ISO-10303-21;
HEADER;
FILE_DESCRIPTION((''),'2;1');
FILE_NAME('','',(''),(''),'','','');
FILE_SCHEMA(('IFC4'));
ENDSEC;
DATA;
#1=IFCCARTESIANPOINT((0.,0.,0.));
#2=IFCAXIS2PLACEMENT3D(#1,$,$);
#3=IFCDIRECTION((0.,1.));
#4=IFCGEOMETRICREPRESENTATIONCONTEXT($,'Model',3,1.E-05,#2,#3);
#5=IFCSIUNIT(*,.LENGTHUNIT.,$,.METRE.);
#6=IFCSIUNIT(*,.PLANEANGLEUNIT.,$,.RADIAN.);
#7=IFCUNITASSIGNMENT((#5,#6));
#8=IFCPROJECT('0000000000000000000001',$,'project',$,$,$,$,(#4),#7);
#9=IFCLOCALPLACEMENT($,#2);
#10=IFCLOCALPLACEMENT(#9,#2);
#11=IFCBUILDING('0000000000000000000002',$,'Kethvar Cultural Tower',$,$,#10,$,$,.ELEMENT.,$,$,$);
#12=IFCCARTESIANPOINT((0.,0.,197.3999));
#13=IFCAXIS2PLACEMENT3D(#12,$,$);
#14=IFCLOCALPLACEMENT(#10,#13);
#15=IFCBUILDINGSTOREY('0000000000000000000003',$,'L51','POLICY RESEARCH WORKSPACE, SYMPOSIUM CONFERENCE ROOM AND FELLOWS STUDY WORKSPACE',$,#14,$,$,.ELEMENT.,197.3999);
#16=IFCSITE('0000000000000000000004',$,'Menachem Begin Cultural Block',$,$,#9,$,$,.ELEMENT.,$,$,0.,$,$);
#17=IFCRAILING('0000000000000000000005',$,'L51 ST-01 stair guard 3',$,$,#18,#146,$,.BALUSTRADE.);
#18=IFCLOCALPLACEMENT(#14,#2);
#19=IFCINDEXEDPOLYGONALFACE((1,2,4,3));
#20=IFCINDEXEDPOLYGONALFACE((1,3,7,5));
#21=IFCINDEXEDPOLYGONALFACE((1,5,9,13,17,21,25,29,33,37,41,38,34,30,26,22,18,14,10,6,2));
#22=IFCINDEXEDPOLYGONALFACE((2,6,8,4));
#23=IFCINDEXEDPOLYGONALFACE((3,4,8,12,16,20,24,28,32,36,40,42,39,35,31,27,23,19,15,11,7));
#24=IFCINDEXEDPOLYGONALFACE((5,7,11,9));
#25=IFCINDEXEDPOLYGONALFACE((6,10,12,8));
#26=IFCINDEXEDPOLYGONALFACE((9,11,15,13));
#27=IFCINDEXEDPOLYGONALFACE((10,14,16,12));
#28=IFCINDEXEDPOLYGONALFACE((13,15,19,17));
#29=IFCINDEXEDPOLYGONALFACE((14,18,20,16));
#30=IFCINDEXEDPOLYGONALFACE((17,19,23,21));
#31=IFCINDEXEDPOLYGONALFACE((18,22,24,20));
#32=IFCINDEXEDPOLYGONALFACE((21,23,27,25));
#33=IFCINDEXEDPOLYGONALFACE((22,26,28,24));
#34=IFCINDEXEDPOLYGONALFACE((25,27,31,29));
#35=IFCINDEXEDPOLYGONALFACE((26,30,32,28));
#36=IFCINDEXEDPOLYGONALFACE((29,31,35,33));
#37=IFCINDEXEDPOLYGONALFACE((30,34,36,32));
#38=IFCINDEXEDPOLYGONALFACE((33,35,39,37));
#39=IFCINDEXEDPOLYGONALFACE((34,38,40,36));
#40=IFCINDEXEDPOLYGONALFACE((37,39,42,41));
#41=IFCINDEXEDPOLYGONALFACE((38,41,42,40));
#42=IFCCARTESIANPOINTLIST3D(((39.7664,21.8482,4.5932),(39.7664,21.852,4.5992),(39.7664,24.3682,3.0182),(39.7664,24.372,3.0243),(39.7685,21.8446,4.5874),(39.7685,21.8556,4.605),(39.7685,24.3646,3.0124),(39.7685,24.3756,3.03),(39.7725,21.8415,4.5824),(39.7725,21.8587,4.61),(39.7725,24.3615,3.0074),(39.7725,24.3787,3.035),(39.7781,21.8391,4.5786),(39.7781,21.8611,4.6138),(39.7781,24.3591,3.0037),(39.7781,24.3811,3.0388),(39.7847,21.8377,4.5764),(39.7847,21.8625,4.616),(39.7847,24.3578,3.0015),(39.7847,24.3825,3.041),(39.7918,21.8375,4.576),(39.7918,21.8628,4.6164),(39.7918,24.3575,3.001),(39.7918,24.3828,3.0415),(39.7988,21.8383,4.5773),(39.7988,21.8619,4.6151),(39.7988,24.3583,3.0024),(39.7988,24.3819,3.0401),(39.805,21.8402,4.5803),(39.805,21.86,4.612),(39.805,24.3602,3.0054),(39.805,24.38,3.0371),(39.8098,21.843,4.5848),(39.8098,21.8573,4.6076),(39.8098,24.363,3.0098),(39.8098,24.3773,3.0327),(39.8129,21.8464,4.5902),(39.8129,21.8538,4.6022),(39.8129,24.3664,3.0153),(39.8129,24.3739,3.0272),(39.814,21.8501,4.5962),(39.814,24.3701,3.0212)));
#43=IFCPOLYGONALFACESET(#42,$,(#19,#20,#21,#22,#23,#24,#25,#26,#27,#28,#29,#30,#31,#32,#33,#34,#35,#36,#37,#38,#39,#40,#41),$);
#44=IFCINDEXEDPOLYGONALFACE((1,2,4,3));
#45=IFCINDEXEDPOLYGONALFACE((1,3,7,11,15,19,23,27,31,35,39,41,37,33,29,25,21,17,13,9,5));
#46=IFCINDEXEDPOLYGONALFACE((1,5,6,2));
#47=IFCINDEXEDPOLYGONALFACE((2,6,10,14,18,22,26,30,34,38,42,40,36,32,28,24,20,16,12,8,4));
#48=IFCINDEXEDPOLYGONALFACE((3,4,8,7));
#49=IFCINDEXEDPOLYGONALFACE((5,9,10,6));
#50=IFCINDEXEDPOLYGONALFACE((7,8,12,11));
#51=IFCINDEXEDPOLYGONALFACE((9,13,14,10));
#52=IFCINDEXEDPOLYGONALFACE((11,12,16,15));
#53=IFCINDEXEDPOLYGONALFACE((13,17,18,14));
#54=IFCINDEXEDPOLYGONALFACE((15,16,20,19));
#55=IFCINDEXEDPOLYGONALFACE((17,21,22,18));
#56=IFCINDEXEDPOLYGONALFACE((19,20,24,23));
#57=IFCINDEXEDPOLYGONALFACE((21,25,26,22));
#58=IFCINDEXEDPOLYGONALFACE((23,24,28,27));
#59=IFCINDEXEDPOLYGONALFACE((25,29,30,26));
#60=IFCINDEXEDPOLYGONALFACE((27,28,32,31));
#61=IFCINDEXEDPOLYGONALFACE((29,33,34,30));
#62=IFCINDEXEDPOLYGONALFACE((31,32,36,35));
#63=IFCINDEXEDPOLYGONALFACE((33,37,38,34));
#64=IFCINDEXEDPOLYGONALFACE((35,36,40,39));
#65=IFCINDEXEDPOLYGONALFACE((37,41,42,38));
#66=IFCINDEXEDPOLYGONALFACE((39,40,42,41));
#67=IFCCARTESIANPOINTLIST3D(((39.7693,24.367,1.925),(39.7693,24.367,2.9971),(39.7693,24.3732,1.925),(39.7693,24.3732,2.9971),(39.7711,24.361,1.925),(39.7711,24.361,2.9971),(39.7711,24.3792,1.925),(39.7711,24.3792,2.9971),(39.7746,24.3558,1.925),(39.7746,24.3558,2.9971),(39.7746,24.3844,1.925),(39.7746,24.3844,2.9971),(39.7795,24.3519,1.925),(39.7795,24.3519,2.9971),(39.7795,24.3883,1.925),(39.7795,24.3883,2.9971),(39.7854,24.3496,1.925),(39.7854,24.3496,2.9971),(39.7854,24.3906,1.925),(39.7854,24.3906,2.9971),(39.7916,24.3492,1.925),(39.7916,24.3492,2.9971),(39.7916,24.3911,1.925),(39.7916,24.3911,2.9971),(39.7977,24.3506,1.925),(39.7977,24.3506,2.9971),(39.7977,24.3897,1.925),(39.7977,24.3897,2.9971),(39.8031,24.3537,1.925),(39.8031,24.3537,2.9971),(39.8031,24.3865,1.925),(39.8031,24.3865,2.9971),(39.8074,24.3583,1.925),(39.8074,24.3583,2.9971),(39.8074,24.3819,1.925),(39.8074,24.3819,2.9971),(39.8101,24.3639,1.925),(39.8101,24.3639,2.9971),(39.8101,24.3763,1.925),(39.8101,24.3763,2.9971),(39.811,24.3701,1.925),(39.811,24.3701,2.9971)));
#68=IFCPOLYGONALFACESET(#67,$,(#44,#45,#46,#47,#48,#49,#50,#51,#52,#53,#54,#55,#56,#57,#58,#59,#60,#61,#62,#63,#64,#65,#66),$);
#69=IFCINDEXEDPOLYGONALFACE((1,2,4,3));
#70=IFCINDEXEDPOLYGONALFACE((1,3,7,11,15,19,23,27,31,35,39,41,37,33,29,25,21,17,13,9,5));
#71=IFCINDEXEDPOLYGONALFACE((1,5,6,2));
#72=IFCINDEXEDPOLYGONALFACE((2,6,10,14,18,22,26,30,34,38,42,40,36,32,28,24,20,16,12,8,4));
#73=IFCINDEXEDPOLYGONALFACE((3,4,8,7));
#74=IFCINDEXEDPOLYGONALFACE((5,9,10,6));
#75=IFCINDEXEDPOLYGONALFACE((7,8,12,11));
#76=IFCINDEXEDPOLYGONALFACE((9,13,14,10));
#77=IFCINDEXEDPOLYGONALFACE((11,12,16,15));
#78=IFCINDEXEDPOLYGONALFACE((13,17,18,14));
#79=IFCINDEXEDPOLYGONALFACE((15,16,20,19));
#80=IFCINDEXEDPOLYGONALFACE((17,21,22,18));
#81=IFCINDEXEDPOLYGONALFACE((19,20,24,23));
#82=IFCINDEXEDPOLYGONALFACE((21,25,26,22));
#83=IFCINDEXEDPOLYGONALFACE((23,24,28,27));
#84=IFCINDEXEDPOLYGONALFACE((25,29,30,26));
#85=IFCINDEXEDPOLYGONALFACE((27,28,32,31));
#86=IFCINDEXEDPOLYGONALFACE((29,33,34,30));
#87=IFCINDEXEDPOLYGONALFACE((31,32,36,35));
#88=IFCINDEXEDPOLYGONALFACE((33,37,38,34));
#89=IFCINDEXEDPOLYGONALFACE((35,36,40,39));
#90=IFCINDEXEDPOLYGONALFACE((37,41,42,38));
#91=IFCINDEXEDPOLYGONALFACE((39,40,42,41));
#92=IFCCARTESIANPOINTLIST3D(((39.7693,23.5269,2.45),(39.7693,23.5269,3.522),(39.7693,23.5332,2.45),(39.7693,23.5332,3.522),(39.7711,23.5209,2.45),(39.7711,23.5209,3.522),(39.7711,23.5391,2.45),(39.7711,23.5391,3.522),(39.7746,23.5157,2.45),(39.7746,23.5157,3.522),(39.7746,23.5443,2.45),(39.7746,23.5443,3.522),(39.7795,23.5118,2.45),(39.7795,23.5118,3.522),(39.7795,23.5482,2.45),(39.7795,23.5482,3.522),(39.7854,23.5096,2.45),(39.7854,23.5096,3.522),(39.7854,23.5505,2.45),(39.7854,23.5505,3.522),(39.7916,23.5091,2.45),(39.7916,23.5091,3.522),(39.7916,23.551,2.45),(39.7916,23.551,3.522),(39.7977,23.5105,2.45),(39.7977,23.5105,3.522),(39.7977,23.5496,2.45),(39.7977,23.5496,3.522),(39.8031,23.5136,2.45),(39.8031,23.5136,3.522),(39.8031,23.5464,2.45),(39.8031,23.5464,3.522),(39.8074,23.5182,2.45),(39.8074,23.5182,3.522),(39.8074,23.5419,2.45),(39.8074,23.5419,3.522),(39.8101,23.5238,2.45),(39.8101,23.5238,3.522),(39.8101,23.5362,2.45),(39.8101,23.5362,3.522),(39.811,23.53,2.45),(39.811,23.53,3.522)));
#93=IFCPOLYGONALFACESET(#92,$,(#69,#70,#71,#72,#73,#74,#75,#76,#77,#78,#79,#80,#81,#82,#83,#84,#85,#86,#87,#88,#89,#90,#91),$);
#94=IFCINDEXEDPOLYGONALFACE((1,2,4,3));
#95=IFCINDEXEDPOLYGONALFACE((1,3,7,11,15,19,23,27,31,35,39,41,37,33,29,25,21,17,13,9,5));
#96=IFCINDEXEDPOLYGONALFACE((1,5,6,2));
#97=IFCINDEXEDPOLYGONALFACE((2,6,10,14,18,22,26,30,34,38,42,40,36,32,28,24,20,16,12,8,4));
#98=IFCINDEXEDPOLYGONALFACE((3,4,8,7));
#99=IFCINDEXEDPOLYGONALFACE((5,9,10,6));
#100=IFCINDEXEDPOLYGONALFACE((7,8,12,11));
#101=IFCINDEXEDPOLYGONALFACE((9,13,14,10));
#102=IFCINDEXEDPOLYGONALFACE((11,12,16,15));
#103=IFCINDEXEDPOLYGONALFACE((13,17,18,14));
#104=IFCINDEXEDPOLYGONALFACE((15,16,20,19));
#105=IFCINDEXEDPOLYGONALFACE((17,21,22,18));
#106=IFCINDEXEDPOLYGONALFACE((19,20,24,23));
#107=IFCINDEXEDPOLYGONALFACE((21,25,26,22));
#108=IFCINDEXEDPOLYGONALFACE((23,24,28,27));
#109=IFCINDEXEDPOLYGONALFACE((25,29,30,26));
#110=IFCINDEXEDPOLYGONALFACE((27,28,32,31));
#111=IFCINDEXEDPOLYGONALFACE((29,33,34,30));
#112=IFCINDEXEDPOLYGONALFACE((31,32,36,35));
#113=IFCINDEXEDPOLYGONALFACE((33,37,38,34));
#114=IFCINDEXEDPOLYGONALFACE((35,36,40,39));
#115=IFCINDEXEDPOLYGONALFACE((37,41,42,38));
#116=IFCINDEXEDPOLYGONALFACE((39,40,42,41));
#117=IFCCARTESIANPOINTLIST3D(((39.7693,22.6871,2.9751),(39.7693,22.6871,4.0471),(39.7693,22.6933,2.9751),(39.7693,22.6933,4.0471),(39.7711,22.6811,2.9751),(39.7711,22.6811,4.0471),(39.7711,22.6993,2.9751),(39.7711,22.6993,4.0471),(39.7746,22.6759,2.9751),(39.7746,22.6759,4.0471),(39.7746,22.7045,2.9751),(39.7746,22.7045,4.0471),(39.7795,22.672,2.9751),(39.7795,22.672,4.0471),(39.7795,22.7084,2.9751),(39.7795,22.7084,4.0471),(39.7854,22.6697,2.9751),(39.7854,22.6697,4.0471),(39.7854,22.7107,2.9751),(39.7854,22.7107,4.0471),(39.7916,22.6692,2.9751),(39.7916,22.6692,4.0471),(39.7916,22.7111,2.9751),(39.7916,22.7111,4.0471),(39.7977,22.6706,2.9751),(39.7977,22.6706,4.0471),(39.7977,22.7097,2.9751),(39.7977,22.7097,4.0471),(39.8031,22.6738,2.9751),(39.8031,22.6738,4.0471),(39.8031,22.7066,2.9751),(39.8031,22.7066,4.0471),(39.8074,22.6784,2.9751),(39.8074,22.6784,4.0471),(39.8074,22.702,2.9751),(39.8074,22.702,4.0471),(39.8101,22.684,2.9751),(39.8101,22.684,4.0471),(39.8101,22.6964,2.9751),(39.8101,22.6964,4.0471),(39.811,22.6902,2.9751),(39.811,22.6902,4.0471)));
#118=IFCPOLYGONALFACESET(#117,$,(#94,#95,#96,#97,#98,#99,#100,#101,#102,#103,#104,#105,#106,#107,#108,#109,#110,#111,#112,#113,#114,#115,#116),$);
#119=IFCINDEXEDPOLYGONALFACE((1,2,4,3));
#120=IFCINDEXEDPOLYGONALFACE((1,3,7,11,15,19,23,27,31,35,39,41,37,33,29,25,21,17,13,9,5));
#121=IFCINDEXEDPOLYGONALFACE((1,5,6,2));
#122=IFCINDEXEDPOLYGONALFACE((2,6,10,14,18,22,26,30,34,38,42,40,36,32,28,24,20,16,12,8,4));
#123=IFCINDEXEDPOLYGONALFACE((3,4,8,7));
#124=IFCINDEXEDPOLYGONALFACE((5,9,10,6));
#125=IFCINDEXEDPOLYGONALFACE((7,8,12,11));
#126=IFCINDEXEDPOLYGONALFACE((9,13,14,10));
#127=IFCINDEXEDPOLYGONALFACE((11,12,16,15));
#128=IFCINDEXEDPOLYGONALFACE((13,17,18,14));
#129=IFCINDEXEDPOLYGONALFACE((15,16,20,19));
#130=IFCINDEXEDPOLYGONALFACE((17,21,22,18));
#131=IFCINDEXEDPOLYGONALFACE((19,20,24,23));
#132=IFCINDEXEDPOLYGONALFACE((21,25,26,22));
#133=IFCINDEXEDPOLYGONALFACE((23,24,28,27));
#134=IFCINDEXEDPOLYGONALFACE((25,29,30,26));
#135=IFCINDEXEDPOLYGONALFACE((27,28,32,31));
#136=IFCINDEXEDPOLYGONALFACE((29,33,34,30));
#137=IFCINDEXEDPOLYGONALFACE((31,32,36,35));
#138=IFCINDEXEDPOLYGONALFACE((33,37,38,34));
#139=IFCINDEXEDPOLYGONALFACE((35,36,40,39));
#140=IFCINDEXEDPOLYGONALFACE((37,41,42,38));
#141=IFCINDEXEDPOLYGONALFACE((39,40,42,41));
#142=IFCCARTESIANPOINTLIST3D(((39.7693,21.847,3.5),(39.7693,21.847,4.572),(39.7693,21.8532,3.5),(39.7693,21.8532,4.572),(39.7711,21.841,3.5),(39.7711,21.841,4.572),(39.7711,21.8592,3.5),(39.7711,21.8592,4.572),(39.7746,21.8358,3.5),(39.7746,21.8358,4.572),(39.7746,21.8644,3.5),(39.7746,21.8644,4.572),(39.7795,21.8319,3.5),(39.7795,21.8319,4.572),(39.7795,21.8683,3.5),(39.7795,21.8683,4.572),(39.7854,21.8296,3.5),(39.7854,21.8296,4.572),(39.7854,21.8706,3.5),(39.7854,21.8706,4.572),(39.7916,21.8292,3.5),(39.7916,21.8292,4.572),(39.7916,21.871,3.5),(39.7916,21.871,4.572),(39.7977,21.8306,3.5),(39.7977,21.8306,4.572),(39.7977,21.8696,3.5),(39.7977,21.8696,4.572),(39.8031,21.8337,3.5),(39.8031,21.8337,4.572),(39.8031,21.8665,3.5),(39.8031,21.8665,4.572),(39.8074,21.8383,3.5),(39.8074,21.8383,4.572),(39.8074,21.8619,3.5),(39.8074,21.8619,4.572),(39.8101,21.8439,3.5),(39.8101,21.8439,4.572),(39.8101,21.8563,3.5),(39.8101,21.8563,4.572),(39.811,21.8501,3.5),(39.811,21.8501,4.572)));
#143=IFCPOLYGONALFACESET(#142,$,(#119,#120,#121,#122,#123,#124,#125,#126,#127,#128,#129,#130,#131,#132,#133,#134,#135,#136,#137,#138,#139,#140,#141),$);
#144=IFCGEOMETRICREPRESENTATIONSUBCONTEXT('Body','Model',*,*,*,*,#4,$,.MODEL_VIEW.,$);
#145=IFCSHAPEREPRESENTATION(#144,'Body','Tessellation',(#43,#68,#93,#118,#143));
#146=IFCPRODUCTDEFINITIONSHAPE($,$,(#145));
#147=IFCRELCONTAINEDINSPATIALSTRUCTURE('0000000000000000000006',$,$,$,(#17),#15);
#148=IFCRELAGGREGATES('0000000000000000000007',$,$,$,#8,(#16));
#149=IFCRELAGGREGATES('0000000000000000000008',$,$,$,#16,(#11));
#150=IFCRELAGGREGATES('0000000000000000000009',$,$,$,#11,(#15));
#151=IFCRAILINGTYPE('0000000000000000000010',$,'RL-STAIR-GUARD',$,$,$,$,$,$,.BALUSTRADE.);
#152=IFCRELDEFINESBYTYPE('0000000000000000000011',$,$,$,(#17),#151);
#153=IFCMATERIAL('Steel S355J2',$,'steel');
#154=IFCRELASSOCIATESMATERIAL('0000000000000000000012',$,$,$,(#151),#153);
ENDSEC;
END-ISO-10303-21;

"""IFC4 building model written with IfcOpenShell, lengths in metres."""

from ifc_helpers import new_model, si_unit, direction, frame, origin, origin_2d, place, context, subcontext, project, spatial, circle, extrude, material, type_object, element, save


model = new_model("IFC4")

# Units and contexts
model_context = context("Model", 3, precision=1e-05, world=origin(), true_north=direction((0.0, 1.0)))
body_context = subcontext(model_context, "Body", "Model", "MODEL_VIEW")
ifc_project = project(units=[si_unit("LENGTHUNIT", "METRE"), si_unit("PLANEANGLEUNIT", "RADIAN")], contexts=[model_context])

# Site, building, storey
site_placement = place(None, origin())
site = spatial("IfcSite", under=ifc_project, at=site_placement, Name="Menachem Begin Cultural Block", CompositionType="ELEMENT", RefElevation=0.0)
building_placement = place(site_placement, origin())
building = spatial("IfcBuilding", under=site, at=building_placement, Name="Kethvar Cultural Tower", CompositionType="ELEMENT")
storey_placement = place(building_placement, frame((0.0, 0.0, 197.3999)))
storey = spatial("IfcBuildingStorey", under=building, at=storey_placement, Name="L51", Description="POLICY RESEARCH WORKSPACE, SYMPOSIUM CONFERENCE ROOM AND FELLOWS STUDY WORKSPACE", CompositionType="ELEMENT", Elevation=197.3999)

# Shared definitions
ifc_material_1 = material(Name="Steel S355J2", Category="steel")

# Railing
railing_type_1 = type_object("IfcRailingType", Name="RL-STAIR-GUARD", PredefinedType="BALUSTRADE", material=ifc_material_1)
railing_1_placement = place(storey_placement, frame((39.79, 24.3701, 1.925)))
element("IfcRailing", 1, at=railing_1_placement, inside=storey, type_object=railing_type_1, Name="L51 ST-01 stair guard 3", PredefinedType="BALUSTRADE", context=body_context, shape_type="SweptSolid", body=[
    extrude(circle(Radius=0.0239, at=origin_2d()), frame((0.0, 0.0, 1.0962), z_axis=(0.0, -0.848008, 0.529984), x_axis=(1.0, 0.0, 0.0)), (0.0, 0.0, 1.0), 2.9717),
    extrude(circle(Radius=0.021, at=origin_2d()), origin(), (0.0, 0.0, 1.0), 1.072),
    extrude(circle(Radius=0.021, at=origin_2d()), frame((0.0, -0.8401, 0.5249)), (0.0, 0.0, 1.0), 1.072),
    extrude(circle(Radius=0.021, at=origin_2d()), frame((0.0, -1.6799, 1.05)), (0.0, 0.0, 1.0), 1.072),
    extrude(circle(Radius=0.021, at=origin_2d()), frame((0.0, -2.52, 1.575)), (0.0, 0.0, 1.0), 1.072),
])

save(model, "model.ifc")
